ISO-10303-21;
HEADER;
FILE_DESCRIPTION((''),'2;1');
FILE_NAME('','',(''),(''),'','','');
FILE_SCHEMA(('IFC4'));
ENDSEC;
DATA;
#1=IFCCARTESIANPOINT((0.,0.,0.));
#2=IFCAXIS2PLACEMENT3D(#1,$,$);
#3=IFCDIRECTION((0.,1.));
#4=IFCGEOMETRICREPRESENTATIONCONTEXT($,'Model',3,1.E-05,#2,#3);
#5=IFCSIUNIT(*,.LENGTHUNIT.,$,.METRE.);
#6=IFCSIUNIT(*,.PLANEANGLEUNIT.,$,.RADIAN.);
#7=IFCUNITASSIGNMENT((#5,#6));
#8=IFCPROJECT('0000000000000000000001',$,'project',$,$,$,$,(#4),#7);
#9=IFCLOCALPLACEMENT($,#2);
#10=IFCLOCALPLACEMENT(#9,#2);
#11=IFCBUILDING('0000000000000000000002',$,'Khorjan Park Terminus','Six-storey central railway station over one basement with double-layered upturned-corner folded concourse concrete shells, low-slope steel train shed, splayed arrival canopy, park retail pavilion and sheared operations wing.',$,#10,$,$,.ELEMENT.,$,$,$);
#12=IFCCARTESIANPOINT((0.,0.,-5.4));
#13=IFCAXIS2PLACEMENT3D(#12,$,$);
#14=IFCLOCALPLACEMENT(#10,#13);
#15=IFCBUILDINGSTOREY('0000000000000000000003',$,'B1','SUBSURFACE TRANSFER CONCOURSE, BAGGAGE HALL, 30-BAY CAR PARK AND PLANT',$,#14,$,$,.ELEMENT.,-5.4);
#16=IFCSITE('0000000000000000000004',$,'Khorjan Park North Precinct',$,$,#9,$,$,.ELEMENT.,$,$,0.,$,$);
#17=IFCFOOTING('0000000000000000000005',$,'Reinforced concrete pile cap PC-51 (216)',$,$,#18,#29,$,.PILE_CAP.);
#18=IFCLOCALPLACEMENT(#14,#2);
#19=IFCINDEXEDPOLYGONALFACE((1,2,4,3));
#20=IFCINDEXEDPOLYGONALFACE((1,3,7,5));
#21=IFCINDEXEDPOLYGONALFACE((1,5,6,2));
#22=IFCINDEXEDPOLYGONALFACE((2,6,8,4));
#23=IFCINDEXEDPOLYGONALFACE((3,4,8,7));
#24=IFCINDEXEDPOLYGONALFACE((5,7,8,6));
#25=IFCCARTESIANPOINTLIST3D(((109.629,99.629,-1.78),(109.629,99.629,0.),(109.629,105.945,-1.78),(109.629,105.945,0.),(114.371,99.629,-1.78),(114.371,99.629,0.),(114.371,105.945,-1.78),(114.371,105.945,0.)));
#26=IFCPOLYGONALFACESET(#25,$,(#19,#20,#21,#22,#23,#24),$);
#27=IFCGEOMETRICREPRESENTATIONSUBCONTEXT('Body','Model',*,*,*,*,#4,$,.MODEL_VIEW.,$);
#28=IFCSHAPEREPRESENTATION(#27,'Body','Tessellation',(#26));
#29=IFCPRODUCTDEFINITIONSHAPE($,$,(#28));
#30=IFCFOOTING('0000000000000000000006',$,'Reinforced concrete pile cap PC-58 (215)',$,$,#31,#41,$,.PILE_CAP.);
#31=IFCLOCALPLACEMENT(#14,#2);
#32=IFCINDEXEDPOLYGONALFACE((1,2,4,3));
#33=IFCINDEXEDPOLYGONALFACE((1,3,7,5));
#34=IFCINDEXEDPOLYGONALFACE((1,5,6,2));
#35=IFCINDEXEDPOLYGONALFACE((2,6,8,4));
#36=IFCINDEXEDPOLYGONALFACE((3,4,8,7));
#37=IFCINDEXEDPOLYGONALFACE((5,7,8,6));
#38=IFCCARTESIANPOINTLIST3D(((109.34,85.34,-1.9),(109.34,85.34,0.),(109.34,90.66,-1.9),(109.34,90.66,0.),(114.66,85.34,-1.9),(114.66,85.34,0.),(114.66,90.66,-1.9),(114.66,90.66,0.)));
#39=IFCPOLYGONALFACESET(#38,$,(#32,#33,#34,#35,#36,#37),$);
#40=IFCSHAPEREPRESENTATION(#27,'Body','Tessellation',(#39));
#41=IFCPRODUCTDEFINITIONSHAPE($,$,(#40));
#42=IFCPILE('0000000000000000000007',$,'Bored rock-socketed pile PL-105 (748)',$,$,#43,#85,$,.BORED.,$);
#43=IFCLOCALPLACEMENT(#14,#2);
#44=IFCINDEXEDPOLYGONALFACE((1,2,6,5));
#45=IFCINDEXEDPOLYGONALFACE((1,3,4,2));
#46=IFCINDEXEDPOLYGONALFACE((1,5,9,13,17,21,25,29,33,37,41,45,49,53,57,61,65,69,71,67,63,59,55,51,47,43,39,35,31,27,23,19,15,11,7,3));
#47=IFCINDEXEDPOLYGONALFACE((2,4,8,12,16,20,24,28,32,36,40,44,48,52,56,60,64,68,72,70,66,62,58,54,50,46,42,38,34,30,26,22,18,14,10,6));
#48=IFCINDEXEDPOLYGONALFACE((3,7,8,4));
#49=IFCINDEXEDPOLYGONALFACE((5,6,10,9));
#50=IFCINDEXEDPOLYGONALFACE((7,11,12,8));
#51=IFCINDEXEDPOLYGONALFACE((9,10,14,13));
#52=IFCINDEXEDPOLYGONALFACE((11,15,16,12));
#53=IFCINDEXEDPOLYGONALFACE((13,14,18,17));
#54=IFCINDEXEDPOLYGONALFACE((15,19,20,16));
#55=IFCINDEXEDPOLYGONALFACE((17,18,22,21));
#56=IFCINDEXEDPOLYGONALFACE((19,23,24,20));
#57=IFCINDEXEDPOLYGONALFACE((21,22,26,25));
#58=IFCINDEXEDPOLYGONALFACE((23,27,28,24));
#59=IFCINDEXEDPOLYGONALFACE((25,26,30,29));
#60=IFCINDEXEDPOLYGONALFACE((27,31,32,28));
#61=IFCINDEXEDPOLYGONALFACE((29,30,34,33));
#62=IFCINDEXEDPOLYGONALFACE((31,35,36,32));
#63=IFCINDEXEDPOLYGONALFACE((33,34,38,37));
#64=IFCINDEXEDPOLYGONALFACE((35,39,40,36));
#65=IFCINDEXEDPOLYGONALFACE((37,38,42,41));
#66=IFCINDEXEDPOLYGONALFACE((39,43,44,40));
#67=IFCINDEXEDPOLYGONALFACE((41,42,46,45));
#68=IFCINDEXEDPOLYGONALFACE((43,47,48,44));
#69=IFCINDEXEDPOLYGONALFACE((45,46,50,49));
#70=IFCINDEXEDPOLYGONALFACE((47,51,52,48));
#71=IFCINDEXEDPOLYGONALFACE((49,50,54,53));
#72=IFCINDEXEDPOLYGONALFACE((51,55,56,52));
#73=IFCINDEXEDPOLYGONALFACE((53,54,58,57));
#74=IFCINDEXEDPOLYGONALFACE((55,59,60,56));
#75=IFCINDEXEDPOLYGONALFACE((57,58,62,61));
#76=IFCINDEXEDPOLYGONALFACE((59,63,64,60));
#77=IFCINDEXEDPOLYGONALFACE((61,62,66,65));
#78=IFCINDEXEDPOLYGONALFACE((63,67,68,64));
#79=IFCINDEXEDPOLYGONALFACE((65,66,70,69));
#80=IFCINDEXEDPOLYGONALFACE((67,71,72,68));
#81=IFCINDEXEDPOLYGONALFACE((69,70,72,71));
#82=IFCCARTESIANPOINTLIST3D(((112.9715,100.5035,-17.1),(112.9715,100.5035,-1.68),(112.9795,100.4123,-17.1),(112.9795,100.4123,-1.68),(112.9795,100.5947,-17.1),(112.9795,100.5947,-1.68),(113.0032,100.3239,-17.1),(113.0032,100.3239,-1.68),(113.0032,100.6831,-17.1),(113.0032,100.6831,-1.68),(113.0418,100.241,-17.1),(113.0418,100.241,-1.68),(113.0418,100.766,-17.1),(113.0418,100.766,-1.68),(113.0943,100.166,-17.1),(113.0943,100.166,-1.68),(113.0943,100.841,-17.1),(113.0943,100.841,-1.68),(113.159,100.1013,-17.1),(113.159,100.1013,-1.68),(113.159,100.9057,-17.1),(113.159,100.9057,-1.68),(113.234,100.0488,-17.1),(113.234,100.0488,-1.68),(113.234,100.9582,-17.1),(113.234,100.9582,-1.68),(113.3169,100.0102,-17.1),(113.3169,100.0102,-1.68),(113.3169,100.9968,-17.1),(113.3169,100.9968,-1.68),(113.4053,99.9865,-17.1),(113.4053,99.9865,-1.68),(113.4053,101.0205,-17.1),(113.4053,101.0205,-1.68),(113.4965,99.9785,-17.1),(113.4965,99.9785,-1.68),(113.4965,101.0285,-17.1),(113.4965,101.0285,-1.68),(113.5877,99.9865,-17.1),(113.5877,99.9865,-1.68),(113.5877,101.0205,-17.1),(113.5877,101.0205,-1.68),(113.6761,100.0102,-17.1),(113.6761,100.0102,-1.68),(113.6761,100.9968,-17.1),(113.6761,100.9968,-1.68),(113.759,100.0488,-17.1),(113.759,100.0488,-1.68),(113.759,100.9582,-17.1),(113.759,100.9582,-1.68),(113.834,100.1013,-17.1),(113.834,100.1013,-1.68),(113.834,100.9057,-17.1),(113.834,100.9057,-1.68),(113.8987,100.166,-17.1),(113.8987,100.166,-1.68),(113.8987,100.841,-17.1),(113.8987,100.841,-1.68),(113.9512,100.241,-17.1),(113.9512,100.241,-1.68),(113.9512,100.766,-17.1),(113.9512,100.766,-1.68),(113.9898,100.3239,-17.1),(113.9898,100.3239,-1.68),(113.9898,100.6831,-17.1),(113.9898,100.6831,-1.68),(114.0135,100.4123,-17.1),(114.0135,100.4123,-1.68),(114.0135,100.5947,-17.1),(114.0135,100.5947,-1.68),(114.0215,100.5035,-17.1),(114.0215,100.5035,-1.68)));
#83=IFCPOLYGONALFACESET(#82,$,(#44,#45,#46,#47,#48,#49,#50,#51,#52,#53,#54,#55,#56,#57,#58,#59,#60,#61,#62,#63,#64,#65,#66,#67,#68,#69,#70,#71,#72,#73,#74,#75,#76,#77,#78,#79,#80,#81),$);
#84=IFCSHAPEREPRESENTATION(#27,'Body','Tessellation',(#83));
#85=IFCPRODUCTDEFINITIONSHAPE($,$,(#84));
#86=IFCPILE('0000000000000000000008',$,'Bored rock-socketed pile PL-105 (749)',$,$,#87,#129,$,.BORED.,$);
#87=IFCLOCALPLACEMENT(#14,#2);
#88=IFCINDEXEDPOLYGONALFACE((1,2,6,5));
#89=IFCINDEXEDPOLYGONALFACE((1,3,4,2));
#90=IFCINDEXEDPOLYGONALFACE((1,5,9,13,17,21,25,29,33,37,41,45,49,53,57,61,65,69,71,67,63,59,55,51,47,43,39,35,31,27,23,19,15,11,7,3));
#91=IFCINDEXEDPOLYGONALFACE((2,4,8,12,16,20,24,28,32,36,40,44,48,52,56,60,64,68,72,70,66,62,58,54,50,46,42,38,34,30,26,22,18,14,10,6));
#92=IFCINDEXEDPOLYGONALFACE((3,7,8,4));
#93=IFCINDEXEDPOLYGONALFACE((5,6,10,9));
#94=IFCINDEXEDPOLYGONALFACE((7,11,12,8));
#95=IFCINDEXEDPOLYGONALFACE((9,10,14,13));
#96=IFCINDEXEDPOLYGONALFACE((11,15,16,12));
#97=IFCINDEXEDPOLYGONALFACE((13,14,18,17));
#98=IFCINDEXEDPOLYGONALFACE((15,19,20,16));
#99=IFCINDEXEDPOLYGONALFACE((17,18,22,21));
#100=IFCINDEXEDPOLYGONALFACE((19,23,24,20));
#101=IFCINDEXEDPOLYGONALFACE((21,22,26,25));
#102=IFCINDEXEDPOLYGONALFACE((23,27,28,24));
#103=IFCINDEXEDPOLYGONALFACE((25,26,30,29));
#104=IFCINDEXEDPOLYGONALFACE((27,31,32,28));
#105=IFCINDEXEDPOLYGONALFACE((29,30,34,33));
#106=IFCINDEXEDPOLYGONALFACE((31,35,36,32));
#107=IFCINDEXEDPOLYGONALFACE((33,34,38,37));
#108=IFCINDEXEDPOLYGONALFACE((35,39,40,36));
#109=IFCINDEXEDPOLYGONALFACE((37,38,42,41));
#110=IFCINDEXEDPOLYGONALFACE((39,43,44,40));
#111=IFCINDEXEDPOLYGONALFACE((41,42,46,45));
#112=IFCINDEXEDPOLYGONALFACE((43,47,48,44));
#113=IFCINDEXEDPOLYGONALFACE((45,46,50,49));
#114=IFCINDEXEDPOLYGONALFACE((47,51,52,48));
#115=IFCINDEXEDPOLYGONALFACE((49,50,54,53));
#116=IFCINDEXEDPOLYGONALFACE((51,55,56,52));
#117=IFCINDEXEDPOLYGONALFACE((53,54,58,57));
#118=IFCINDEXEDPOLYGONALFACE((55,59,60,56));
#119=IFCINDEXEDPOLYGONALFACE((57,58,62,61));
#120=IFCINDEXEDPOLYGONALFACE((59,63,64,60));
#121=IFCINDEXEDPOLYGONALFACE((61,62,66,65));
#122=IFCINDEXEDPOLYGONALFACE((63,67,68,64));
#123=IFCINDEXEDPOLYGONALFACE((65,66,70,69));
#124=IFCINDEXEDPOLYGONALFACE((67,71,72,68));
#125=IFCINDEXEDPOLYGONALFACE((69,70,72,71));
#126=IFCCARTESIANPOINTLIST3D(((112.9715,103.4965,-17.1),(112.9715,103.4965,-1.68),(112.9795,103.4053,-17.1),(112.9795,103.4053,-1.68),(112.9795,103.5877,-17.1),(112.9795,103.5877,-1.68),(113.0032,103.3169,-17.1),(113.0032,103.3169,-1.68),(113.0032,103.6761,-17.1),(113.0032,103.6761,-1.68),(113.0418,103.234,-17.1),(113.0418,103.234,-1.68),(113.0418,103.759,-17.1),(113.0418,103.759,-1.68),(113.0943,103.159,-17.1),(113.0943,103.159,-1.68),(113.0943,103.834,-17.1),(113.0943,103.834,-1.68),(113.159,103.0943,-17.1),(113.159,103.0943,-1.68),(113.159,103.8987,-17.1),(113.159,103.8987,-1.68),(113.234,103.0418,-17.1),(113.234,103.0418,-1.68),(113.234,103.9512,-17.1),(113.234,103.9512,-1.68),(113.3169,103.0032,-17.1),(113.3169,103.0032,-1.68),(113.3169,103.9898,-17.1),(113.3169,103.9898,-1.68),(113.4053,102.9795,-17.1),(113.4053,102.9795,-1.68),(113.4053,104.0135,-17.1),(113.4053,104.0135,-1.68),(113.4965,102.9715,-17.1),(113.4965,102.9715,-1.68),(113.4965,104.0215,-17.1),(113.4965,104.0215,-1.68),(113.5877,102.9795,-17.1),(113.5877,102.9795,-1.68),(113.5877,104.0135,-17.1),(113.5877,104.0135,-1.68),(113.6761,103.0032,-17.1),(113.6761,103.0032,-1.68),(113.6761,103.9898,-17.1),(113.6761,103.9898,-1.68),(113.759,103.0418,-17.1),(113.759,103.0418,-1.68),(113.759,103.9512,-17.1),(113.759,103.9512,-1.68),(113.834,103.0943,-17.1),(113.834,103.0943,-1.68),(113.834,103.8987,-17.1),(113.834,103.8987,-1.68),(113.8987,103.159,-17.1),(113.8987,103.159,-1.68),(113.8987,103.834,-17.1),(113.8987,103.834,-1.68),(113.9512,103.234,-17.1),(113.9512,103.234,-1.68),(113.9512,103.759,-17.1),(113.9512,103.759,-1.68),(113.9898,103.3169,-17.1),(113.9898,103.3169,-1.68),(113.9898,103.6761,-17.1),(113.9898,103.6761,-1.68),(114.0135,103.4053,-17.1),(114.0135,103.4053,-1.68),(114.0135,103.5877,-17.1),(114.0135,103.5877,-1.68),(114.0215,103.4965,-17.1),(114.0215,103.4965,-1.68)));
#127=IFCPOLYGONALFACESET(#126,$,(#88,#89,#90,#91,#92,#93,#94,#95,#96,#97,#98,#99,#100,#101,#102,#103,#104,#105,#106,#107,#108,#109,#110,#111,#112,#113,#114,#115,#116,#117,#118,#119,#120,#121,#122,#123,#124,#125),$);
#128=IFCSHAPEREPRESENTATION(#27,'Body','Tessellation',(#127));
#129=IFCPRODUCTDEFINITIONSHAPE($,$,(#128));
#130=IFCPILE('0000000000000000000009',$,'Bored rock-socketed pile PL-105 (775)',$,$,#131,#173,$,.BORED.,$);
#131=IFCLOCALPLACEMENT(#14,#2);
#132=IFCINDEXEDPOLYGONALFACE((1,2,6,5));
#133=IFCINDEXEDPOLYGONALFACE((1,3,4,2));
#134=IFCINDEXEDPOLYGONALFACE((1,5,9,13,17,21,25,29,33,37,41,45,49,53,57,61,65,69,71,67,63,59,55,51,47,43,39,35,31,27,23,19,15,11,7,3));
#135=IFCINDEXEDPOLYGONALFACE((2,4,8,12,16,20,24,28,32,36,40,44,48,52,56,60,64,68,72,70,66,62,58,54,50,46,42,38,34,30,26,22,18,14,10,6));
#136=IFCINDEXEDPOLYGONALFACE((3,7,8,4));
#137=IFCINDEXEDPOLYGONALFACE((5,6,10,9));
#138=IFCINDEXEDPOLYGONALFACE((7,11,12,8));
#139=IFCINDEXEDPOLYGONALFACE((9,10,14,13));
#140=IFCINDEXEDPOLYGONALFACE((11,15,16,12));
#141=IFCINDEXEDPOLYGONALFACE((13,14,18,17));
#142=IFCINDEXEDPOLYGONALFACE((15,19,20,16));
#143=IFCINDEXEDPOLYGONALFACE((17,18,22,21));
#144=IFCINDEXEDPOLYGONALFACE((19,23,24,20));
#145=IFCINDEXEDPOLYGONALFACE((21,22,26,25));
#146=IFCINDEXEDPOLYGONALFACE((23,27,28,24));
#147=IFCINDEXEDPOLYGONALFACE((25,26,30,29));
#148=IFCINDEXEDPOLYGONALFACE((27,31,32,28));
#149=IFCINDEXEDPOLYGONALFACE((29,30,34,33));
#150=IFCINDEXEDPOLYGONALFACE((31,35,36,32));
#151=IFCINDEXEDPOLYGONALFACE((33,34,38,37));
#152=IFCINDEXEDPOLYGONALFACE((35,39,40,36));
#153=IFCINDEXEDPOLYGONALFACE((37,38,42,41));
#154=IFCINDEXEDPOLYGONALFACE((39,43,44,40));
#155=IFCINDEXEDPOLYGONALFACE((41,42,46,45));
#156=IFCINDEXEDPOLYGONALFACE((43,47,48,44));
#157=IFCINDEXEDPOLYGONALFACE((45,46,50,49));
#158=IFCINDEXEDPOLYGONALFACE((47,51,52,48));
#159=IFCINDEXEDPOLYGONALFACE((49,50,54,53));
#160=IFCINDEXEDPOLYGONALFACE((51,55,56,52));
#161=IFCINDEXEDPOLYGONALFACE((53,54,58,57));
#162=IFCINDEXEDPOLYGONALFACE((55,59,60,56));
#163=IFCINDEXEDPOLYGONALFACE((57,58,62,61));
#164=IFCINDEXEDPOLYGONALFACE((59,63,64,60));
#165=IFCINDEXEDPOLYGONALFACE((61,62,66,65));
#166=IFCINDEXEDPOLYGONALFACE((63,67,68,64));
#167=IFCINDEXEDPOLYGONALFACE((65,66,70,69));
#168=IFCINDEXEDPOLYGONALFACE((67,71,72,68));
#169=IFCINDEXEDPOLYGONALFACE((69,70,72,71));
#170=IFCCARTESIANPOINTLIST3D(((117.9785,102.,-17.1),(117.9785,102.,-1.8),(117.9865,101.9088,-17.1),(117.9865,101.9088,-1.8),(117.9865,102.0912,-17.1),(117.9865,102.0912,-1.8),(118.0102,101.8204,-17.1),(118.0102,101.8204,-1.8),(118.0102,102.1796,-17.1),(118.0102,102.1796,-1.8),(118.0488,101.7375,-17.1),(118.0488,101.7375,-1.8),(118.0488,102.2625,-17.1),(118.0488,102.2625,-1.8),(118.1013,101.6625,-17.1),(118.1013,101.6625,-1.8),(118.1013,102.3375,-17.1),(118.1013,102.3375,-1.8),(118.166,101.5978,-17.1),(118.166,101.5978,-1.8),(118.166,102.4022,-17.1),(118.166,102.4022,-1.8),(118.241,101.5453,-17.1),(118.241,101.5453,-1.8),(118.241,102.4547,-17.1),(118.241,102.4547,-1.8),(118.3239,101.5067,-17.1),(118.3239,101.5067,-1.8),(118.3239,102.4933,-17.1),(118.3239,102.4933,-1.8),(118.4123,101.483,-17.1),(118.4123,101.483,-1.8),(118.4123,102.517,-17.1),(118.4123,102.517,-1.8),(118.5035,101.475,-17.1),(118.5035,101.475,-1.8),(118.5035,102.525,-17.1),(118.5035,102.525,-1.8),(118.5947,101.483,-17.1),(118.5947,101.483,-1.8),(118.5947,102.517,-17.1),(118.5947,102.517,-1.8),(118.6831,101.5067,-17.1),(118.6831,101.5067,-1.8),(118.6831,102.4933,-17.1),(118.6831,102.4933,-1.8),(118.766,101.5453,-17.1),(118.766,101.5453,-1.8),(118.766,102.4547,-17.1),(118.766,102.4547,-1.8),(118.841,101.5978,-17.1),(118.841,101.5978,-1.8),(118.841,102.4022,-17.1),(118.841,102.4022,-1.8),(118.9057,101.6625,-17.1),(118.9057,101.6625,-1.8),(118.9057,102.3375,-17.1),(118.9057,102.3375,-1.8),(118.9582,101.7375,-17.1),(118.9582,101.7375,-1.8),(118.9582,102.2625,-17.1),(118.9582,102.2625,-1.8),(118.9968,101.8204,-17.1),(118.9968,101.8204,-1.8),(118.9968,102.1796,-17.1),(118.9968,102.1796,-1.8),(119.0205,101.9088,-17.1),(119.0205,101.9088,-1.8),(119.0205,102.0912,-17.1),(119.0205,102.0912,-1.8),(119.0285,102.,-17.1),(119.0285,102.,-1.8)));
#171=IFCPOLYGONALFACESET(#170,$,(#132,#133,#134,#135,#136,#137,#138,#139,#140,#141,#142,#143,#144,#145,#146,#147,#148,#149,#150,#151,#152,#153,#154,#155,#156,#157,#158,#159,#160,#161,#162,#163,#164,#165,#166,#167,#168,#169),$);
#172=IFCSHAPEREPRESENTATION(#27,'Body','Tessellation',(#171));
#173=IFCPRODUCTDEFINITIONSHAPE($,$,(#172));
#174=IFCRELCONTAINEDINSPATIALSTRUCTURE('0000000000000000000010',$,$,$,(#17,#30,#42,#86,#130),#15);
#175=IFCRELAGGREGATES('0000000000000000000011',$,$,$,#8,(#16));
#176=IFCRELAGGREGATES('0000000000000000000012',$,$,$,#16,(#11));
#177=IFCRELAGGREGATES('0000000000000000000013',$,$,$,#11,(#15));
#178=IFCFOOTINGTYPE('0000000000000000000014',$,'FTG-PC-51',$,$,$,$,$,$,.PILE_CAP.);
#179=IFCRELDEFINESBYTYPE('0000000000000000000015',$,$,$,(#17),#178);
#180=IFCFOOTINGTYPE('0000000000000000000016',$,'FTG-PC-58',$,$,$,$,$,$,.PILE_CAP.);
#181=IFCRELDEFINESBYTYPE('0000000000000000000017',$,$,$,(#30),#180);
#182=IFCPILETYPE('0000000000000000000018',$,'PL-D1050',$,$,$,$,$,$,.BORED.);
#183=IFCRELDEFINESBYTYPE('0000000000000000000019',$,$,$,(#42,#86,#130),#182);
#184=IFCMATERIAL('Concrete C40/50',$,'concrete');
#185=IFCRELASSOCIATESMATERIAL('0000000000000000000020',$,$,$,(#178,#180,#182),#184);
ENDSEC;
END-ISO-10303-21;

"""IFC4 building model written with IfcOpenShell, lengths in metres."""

from ifc_helpers import new_model, si_unit, direction, frame, origin, origin_2d, place, context, subcontext, project, spatial, rectangle, circle, extrude, material, material_profile, profile_set, type_object, element, save


model = new_model("IFC4")

# Units and contexts
model_context = context("Model", 3, precision=1e-05, world=origin(), true_north=direction((0.0, 1.0)))
body_context = subcontext(model_context, "Body", "Model", "MODEL_VIEW")
ifc_project = project(units=[si_unit("LENGTHUNIT", "METRE"), si_unit("PLANEANGLEUNIT", "RADIAN")], contexts=[model_context])

# Site, building, storey
site_placement = place(None, origin())
site = spatial("IfcSite", under=ifc_project, at=site_placement, Name="Khorjan Park North Precinct", CompositionType="ELEMENT", RefElevation=0.0)
building_placement = place(site_placement, origin())
building = spatial("IfcBuilding", under=site, at=building_placement, Name="Khorjan Park Terminus", Description="Six-storey central railway station over one basement with double-layered upturned-corner folded concourse concrete shells, low-slope steel train shed, splayed arrival canopy, park retail pavilion and sheared operations wing.", CompositionType="ELEMENT")
storey_placement = place(building_placement, frame((0.0, 0.0, -5.4)))
storey = spatial("IfcBuildingStorey", under=building, at=storey_placement, Name="B1", Description="SUBSURFACE TRANSFER CONCOURSE, BAGGAGE HALL, 30-BAY CAR PARK AND PLANT", CompositionType="ELEMENT", Elevation=-5.4)

# Footings
ifc_material_1 = material(Name="Concrete C40/50", Category="concrete")
footing_type_1 = type_object("IfcFootingType", Name="FTG-PC-51", PredefinedType="PILE_CAP", material=ifc_material_1)
footing_1_placement = place(storey_placement, frame((112.0, 102.787, -1.78), z_axis=(0.0, 0.0, 1.0), x_axis=(1.0, 0.0, 0.0)))
element("IfcFooting", 1, at=footing_1_placement, inside=storey, type_object=footing_type_1, Name="Reinforced concrete pile cap PC-51 (216)", PredefinedType="PILE_CAP", context=body_context, shape_type="SweptSolid", body=[
    extrude(rectangle(XDim=4.742, YDim=6.316, at=origin_2d()), origin(), (0.0, 0.0, 1.0), 1.78),
])
footing_type_2 = type_object("IfcFootingType", Name="FTG-PC-58", PredefinedType="PILE_CAP", material=ifc_material_1)
footing_2_placement = place(storey_placement, frame((112.0, 88.0, -1.9), z_axis=(0.0, 0.0, 1.0), x_axis=(1.0, 0.0, 0.0)))
element("IfcFooting", 2, at=footing_2_placement, inside=storey, type_object=footing_type_2, Name="Reinforced concrete pile cap PC-58 (215)", PredefinedType="PILE_CAP", context=body_context, shape_type="SweptSolid", body=[
    extrude(rectangle(XDim=5.32, YDim=5.32, at=origin_2d()), origin(), (0.0, 0.0, 1.0), 1.9),
])

# Piles
ifc_material_profile_1 = material_profile(ifc_material_1, circle(Radius=0.525, at=origin_2d()), Name="BORED D1050")
ifc_profile_set_1 = profile_set([ifc_material_profile_1], Name="Concrete C40/50")
pile_type_1 = type_object("IfcPileType", Name="PL-D1050", PredefinedType="BORED", material=ifc_profile_set_1)
for number, where, z_axis, x_axis, name in (
    (3, (113.4965, 100.5035, -1.68), (0.0, 0.0, -1.0), (1.0, 0.0, 0.0), "Bored rock-socketed pile PL-105 (748)"),
    (4, (113.4965, 103.4965, -1.68), (0.0, 0.0, -1.0), (1.0, 0.0, 0.0), "Bored rock-socketed pile PL-105 (749)"),
):
    element("IfcPile", number, at=place(storey_placement, frame(where, z_axis=z_axis, x_axis=x_axis)), inside=storey, type_object=pile_type_1, Name=name, PredefinedType="BORED", context=body_context, shape_type="SweptSolid", body=[
        extrude(circle(Radius=0.525, at=origin_2d()), origin(), (0.0, 0.0, 1.0), 15.42),
    ])
pile_1_placement = place(storey_placement, frame((118.5035, 102.0, -1.8), z_axis=(0.0, 0.0, -1.0), x_axis=(1.0, 0.0, 0.0)))
element("IfcPile", 5, at=pile_1_placement, inside=storey, type_object=pile_type_1, Name="Bored rock-socketed pile PL-105 (775)", PredefinedType="BORED", context=body_context, shape_type="SweptSolid", body=[
    extrude(circle(Radius=0.525, at=origin_2d()), origin(), (0.0, 0.0, 1.0), 15.3),
])

save(model, "model.ifc")
